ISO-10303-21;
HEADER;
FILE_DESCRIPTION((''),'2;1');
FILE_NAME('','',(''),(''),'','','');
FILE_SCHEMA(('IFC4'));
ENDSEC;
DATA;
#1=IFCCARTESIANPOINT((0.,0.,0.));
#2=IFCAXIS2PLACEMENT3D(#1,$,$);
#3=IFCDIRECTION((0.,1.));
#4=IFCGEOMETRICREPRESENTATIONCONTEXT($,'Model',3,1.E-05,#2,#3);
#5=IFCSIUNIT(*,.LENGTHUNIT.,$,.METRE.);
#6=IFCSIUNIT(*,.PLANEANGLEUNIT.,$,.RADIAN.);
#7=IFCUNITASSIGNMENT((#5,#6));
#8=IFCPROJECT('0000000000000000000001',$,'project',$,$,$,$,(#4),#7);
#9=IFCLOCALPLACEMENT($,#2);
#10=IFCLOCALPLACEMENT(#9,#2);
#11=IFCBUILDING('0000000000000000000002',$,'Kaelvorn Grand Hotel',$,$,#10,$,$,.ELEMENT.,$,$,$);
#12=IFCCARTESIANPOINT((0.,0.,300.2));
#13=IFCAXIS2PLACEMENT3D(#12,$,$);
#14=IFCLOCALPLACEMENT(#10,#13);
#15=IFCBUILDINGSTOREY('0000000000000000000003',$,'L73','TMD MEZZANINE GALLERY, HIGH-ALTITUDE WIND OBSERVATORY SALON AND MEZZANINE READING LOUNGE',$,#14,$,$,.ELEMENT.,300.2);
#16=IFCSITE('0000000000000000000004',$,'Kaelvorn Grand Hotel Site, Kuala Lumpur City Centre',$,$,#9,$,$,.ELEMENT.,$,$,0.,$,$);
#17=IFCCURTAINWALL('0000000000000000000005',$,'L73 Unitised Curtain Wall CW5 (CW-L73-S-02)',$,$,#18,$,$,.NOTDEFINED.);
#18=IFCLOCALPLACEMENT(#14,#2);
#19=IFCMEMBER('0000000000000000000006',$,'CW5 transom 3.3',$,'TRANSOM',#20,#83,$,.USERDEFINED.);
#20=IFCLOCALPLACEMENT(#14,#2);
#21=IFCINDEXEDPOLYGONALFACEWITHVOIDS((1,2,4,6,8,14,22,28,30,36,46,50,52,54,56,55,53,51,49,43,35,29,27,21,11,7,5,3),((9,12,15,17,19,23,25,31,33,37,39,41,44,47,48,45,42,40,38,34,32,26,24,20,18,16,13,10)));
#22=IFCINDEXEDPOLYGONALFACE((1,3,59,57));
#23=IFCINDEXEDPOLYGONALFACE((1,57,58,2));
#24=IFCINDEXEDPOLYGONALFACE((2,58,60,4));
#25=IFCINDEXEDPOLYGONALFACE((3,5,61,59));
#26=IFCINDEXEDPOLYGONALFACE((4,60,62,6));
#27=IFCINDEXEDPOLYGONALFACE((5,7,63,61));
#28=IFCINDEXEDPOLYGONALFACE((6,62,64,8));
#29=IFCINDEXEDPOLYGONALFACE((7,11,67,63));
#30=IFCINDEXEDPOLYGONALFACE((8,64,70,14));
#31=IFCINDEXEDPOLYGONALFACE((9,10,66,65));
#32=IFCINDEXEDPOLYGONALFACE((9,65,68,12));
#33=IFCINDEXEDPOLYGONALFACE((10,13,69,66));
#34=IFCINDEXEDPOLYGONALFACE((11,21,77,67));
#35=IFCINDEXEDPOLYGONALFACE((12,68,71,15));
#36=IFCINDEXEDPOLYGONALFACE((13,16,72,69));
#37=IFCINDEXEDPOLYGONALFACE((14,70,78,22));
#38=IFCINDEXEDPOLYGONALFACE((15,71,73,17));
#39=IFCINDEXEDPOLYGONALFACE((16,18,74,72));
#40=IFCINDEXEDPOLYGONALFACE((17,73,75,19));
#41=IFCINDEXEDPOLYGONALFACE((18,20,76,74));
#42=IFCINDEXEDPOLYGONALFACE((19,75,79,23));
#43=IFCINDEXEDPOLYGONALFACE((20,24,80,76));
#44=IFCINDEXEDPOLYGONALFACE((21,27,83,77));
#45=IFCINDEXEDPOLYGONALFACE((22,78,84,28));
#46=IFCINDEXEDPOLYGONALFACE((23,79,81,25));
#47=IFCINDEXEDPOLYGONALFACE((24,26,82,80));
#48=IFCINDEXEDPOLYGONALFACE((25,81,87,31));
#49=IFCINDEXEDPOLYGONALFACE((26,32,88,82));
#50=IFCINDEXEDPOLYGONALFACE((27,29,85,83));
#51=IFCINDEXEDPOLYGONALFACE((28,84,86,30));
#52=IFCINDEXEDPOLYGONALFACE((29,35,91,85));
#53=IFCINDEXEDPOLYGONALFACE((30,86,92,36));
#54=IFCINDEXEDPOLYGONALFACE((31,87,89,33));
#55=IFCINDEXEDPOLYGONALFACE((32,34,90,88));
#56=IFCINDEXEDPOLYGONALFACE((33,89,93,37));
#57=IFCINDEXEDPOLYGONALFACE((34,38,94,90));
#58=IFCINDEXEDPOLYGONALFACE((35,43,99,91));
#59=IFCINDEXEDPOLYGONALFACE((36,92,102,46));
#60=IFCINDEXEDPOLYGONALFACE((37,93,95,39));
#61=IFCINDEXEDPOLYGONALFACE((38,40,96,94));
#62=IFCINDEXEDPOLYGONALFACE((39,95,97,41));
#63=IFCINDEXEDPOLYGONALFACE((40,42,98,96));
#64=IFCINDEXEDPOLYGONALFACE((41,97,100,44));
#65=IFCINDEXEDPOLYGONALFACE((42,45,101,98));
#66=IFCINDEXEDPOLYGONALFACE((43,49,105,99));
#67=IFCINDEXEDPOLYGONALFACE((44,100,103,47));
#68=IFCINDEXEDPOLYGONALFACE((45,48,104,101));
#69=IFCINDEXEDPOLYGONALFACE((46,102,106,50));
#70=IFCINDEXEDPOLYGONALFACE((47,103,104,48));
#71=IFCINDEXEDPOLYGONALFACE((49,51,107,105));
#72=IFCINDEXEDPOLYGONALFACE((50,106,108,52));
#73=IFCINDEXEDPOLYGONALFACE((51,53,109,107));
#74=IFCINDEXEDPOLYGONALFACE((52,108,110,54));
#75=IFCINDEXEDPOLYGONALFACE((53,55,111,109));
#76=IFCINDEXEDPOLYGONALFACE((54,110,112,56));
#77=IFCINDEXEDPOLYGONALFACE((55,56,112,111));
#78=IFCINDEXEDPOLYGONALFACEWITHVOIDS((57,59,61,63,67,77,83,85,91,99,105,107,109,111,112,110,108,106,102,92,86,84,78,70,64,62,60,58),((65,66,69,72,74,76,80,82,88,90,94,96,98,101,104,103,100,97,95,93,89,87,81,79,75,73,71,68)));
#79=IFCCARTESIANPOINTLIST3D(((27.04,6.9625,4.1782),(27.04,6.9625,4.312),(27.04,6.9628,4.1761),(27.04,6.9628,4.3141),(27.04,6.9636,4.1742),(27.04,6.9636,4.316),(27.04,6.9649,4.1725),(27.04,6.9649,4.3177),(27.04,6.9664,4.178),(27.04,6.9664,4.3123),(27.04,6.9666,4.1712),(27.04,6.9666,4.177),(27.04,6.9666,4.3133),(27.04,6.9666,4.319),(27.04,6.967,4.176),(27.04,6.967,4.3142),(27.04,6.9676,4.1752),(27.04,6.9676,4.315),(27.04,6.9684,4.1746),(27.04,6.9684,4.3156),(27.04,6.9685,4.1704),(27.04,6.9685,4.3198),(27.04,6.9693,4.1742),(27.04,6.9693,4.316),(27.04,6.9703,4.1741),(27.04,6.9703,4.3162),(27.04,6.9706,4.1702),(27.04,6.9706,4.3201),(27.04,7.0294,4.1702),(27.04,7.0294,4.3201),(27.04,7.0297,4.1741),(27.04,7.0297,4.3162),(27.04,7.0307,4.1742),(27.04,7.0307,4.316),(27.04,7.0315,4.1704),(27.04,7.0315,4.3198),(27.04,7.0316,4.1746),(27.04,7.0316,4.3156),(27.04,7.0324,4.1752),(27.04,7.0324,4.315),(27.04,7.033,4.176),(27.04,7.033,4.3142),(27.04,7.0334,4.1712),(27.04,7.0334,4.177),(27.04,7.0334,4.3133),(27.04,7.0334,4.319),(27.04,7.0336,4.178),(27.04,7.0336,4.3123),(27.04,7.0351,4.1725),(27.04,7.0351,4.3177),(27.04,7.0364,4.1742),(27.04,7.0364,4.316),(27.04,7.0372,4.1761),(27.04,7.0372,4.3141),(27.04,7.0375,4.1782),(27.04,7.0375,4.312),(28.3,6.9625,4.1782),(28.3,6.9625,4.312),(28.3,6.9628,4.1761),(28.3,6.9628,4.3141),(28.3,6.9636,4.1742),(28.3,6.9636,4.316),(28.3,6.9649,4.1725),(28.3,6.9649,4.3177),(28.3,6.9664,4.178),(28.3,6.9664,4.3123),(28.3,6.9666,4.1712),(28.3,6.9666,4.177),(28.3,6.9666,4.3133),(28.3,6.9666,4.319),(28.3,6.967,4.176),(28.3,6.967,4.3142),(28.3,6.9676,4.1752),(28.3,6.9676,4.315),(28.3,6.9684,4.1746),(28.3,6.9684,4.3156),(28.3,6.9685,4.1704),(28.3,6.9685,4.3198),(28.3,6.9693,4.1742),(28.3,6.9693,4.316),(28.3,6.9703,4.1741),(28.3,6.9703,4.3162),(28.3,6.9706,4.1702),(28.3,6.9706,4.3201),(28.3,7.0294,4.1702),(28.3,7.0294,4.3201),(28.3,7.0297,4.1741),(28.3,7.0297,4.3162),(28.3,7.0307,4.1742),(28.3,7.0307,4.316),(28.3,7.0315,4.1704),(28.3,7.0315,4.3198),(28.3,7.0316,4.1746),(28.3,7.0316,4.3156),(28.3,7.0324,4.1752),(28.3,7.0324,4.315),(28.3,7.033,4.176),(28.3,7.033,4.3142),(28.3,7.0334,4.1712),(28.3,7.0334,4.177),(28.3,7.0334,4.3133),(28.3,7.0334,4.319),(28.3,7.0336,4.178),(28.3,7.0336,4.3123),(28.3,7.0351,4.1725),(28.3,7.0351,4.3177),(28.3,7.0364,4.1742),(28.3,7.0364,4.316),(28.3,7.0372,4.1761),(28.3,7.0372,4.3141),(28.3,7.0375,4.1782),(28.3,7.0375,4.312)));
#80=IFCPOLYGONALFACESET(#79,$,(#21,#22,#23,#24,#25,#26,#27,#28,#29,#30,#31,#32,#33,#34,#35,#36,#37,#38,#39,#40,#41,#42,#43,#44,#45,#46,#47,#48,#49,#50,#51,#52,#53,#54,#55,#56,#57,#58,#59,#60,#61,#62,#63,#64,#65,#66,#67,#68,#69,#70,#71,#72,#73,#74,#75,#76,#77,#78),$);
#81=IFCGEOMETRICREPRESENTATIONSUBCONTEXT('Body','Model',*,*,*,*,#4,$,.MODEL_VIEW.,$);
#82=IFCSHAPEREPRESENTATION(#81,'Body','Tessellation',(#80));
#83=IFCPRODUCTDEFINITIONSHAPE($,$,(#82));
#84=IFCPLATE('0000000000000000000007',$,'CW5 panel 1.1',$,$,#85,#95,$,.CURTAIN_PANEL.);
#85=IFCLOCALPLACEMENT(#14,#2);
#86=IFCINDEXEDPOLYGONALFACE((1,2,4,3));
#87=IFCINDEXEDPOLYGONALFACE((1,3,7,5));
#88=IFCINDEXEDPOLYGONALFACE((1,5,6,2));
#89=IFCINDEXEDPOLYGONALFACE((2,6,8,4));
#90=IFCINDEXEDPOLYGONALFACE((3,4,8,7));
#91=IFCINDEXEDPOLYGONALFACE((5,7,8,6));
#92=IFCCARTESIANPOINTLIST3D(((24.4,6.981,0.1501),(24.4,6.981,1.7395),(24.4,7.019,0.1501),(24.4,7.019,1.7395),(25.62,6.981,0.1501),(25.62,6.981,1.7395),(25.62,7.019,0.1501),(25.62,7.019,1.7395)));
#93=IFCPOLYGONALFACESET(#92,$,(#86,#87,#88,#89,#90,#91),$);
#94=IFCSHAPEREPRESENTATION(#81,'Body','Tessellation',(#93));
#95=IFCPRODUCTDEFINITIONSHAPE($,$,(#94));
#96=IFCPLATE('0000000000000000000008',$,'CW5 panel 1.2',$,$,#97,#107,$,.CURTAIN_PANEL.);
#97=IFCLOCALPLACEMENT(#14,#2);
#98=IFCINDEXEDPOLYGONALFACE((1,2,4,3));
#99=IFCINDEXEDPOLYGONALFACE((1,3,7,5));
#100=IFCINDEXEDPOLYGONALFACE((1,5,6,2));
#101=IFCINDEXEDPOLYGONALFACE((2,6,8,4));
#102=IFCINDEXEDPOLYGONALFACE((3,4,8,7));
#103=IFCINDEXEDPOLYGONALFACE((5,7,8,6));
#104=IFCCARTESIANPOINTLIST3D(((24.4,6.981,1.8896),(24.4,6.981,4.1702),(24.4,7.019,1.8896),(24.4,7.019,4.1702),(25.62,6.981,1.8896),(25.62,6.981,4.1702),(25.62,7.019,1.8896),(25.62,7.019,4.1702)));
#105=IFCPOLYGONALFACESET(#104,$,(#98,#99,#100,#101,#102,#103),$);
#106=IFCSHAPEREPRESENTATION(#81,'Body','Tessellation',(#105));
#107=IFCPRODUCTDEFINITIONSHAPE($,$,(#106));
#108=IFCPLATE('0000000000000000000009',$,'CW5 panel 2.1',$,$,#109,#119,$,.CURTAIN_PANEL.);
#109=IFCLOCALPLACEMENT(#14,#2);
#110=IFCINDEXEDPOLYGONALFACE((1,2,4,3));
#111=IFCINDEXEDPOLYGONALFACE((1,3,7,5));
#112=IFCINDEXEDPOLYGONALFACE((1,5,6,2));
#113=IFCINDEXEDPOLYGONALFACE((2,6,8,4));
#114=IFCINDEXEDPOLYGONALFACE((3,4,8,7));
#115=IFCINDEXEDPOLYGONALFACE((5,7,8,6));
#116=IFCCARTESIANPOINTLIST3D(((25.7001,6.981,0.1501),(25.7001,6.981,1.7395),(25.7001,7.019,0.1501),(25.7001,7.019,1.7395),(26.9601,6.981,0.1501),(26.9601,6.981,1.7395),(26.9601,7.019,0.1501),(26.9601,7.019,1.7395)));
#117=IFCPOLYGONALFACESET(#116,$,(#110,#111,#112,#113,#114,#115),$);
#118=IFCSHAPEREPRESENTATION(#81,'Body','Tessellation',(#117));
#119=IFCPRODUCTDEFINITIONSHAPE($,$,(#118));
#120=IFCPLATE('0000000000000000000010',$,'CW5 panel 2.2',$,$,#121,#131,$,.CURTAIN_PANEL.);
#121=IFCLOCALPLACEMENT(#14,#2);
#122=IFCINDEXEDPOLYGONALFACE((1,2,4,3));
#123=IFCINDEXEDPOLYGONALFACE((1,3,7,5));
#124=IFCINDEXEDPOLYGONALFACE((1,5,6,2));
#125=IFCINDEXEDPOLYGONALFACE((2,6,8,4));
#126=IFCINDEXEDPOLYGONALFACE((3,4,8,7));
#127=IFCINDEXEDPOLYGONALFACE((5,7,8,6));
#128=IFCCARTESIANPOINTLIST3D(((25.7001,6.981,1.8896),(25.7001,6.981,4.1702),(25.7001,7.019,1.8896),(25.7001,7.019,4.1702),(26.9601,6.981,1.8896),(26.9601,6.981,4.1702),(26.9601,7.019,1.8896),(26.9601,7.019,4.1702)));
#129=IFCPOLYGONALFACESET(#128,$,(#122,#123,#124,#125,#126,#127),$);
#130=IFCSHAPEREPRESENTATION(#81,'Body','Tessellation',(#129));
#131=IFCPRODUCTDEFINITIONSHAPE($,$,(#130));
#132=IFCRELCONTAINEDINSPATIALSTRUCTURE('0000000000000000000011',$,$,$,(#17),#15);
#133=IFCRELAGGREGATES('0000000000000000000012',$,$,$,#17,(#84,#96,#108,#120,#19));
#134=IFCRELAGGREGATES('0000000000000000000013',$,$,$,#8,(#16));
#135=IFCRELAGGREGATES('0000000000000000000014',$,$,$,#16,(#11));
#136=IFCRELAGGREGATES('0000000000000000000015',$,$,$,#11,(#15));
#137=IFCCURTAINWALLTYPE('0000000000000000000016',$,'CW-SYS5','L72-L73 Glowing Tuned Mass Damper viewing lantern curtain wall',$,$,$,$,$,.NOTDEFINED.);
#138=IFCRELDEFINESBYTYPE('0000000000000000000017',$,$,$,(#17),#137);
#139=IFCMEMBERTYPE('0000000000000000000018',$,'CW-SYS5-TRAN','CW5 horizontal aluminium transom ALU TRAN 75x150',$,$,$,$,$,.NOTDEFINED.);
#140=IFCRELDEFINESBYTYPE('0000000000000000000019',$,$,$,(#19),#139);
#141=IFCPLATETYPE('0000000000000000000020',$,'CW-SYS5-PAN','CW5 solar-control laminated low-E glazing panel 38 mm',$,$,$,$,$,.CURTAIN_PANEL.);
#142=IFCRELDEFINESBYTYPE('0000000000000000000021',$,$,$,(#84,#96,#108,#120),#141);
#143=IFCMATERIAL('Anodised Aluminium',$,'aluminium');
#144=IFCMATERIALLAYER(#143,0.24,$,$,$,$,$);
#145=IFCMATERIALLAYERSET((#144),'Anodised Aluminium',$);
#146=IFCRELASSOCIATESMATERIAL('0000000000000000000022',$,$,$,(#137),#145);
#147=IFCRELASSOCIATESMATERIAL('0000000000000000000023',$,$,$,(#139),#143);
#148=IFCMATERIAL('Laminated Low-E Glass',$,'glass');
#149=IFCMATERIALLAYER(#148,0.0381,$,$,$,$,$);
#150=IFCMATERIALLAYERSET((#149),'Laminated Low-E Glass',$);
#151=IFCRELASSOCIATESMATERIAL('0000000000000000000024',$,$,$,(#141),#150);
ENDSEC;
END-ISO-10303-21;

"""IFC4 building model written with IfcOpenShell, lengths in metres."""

from ifc_helpers import new_model, si_unit, direction, frame, origin, origin_2d, place, context, subcontext, project, spatial, rectangle, hollow_rectangle, extrude, material, layer, layer_set, material_profile, profile_set, type_object, element, aggregate, save


model = new_model("IFC4")

# Units and contexts
model_context = context("Model", 3, precision=1e-05, world=origin(), true_north=direction((0.0, 1.0)))
body_context = subcontext(model_context, "Body", "Model", "MODEL_VIEW")
ifc_project = project(units=[si_unit("LENGTHUNIT", "METRE"), si_unit("PLANEANGLEUNIT", "RADIAN")], contexts=[model_context])

# Site, building, storey
site_placement = place(None, origin())
site = spatial("IfcSite", under=ifc_project, at=site_placement, Name="Kaelvorn Grand Hotel Site, Kuala Lumpur City Centre", CompositionType="ELEMENT", RefElevation=0.0)
building_placement = place(site_placement, origin())
building = spatial("IfcBuilding", under=site, at=building_placement, Name="Kaelvorn Grand Hotel", CompositionType="ELEMENT")
storey_placement = place(building_placement, frame((0.0, 0.0, 300.2)))
storey = spatial("IfcBuildingStorey", under=building, at=storey_placement, Name="L73", Description="TMD MEZZANINE GALLERY, HIGH-ALTITUDE WIND OBSERVATORY SALON AND MEZZANINE READING LOUNGE", CompositionType="ELEMENT", Elevation=300.2)

# Curtain wall, member, plates
ifc_material_1 = material(Name="Anodised Aluminium", Category="aluminium")
ifc_layer_1 = layer(ifc_material_1, 0.24)
ifc_layer_set_1 = layer_set([ifc_layer_1], Name="Anodised Aluminium")
curtain_wall_type = type_object("IfcCurtainWallType", Name="CW-SYS5", Description="L72-L73 Glowing Tuned Mass Damper viewing lantern curtain wall", PredefinedType="NOTDEFINED", material=ifc_layer_set_1)
curtain_wall_placement = place(storey_placement, origin())
curtain_wall = element("IfcCurtainWall", 1, at=curtain_wall_placement, inside=storey, type_object=curtain_wall_type, Name="L73 Unitised Curtain Wall CW5 (CW-L73-S-02)", PredefinedType="NOTDEFINED")
ifc_material_profile_1 = material_profile(ifc_material_1, hollow_rectangle(XDim=0.075, YDim=0.1499, WallThickness=0.0039, InnerFilletRadius=0.0039, OuterFilletRadius=0.0081, at=origin_2d()), Name="ALU TRAN 75x150")
ifc_profile_set_1 = profile_set([ifc_material_profile_1], Name="Anodised Aluminium")
member_type_1 = type_object("IfcMemberType", Name="CW-SYS5-TRAN", Description="CW5 horizontal aluminium transom ALU TRAN 75x150", PredefinedType="NOTDEFINED", material=ifc_profile_set_1)
member_1_placement = place(storey_placement, frame((27.04, 7.0, 4.2451), z_axis=(1.0, 0.0, 0.0), x_axis=(0.0, 1.0, 0.0)))
member_1 = element("IfcMember", 2, at=member_1_placement, type_object=member_type_1, Name="CW5 transom 3.3", ObjectType="TRANSOM", PredefinedType="USERDEFINED", context=body_context, shape_type="SweptSolid", body=[
    extrude(hollow_rectangle(XDim=0.075, YDim=0.1499, WallThickness=0.0039, InnerFilletRadius=0.0039, OuterFilletRadius=0.0081, at=origin_2d()), origin(), (0.0, 0.0, 1.0), 1.26),
])
ifc_material_2 = material(Name="Laminated Low-E Glass", Category="glass")
ifc_layer_2 = layer(ifc_material_2, 0.0381)
ifc_layer_set_2 = layer_set([ifc_layer_2], Name="Laminated Low-E Glass")
plate_type = type_object("IfcPlateType", Name="CW-SYS5-PAN", Description="CW5 solar-control laminated low-E glazing panel 38 mm", PredefinedType="CURTAIN_PANEL", material=ifc_layer_set_2)
plate_1_placement = place(storey_placement, frame((25.01, 7.0, 0.1501), z_axis=(0.0, 0.0, 1.0), x_axis=(1.0, 0.0, 0.0)))
plate_1 = element("IfcPlate", 3, at=plate_1_placement, type_object=plate_type, Name="CW5 panel 1.1", PredefinedType="CURTAIN_PANEL", context=body_context, shape_type="SweptSolid", body=[
    extrude(rectangle(XDim=1.22, YDim=0.0381, at=origin_2d()), origin(), (0.0, 0.0, 1.0), 1.5894),
])
plate_2_placement = place(storey_placement, frame((25.01, 7.0, 1.8896), z_axis=(0.0, 0.0, 1.0), x_axis=(1.0, 0.0, 0.0)))
plate_2 = element("IfcPlate", 4, at=plate_2_placement, type_object=plate_type, Name="CW5 panel 1.2", PredefinedType="CURTAIN_PANEL", context=body_context, shape_type="SweptSolid", body=[
    extrude(rectangle(XDim=1.22, YDim=0.0381, at=origin_2d()), origin(), (0.0, 0.0, 1.0), 2.2805),
])
plate_3_placement = place(storey_placement, frame((26.3301, 7.0, 0.1501), z_axis=(0.0, 0.0, 1.0), x_axis=(1.0, 0.0, 0.0)))
plate_3 = element("IfcPlate", 5, at=plate_3_placement, type_object=plate_type, Name="CW5 panel 2.1", PredefinedType="CURTAIN_PANEL", context=body_context, shape_type="SweptSolid", body=[
    extrude(rectangle(XDim=1.26, YDim=0.0381, at=origin_2d()), origin(), (0.0, 0.0, 1.0), 1.5894),
])
plate_4_placement = place(storey_placement, frame((26.3301, 7.0, 1.8896), z_axis=(0.0, 0.0, 1.0), x_axis=(1.0, 0.0, 0.0)))
plate_4 = element("IfcPlate", 6, at=plate_4_placement, type_object=plate_type, Name="CW5 panel 2.2", PredefinedType="CURTAIN_PANEL", context=body_context, shape_type="SweptSolid", body=[
    extrude(rectangle(XDim=1.26, YDim=0.0381, at=origin_2d()), origin(), (0.0, 0.0, 1.0), 2.2805),
])
aggregate(curtain_wall, [plate_1, plate_2, plate_3, plate_4, member_1])

save(model, "model.ifc")
